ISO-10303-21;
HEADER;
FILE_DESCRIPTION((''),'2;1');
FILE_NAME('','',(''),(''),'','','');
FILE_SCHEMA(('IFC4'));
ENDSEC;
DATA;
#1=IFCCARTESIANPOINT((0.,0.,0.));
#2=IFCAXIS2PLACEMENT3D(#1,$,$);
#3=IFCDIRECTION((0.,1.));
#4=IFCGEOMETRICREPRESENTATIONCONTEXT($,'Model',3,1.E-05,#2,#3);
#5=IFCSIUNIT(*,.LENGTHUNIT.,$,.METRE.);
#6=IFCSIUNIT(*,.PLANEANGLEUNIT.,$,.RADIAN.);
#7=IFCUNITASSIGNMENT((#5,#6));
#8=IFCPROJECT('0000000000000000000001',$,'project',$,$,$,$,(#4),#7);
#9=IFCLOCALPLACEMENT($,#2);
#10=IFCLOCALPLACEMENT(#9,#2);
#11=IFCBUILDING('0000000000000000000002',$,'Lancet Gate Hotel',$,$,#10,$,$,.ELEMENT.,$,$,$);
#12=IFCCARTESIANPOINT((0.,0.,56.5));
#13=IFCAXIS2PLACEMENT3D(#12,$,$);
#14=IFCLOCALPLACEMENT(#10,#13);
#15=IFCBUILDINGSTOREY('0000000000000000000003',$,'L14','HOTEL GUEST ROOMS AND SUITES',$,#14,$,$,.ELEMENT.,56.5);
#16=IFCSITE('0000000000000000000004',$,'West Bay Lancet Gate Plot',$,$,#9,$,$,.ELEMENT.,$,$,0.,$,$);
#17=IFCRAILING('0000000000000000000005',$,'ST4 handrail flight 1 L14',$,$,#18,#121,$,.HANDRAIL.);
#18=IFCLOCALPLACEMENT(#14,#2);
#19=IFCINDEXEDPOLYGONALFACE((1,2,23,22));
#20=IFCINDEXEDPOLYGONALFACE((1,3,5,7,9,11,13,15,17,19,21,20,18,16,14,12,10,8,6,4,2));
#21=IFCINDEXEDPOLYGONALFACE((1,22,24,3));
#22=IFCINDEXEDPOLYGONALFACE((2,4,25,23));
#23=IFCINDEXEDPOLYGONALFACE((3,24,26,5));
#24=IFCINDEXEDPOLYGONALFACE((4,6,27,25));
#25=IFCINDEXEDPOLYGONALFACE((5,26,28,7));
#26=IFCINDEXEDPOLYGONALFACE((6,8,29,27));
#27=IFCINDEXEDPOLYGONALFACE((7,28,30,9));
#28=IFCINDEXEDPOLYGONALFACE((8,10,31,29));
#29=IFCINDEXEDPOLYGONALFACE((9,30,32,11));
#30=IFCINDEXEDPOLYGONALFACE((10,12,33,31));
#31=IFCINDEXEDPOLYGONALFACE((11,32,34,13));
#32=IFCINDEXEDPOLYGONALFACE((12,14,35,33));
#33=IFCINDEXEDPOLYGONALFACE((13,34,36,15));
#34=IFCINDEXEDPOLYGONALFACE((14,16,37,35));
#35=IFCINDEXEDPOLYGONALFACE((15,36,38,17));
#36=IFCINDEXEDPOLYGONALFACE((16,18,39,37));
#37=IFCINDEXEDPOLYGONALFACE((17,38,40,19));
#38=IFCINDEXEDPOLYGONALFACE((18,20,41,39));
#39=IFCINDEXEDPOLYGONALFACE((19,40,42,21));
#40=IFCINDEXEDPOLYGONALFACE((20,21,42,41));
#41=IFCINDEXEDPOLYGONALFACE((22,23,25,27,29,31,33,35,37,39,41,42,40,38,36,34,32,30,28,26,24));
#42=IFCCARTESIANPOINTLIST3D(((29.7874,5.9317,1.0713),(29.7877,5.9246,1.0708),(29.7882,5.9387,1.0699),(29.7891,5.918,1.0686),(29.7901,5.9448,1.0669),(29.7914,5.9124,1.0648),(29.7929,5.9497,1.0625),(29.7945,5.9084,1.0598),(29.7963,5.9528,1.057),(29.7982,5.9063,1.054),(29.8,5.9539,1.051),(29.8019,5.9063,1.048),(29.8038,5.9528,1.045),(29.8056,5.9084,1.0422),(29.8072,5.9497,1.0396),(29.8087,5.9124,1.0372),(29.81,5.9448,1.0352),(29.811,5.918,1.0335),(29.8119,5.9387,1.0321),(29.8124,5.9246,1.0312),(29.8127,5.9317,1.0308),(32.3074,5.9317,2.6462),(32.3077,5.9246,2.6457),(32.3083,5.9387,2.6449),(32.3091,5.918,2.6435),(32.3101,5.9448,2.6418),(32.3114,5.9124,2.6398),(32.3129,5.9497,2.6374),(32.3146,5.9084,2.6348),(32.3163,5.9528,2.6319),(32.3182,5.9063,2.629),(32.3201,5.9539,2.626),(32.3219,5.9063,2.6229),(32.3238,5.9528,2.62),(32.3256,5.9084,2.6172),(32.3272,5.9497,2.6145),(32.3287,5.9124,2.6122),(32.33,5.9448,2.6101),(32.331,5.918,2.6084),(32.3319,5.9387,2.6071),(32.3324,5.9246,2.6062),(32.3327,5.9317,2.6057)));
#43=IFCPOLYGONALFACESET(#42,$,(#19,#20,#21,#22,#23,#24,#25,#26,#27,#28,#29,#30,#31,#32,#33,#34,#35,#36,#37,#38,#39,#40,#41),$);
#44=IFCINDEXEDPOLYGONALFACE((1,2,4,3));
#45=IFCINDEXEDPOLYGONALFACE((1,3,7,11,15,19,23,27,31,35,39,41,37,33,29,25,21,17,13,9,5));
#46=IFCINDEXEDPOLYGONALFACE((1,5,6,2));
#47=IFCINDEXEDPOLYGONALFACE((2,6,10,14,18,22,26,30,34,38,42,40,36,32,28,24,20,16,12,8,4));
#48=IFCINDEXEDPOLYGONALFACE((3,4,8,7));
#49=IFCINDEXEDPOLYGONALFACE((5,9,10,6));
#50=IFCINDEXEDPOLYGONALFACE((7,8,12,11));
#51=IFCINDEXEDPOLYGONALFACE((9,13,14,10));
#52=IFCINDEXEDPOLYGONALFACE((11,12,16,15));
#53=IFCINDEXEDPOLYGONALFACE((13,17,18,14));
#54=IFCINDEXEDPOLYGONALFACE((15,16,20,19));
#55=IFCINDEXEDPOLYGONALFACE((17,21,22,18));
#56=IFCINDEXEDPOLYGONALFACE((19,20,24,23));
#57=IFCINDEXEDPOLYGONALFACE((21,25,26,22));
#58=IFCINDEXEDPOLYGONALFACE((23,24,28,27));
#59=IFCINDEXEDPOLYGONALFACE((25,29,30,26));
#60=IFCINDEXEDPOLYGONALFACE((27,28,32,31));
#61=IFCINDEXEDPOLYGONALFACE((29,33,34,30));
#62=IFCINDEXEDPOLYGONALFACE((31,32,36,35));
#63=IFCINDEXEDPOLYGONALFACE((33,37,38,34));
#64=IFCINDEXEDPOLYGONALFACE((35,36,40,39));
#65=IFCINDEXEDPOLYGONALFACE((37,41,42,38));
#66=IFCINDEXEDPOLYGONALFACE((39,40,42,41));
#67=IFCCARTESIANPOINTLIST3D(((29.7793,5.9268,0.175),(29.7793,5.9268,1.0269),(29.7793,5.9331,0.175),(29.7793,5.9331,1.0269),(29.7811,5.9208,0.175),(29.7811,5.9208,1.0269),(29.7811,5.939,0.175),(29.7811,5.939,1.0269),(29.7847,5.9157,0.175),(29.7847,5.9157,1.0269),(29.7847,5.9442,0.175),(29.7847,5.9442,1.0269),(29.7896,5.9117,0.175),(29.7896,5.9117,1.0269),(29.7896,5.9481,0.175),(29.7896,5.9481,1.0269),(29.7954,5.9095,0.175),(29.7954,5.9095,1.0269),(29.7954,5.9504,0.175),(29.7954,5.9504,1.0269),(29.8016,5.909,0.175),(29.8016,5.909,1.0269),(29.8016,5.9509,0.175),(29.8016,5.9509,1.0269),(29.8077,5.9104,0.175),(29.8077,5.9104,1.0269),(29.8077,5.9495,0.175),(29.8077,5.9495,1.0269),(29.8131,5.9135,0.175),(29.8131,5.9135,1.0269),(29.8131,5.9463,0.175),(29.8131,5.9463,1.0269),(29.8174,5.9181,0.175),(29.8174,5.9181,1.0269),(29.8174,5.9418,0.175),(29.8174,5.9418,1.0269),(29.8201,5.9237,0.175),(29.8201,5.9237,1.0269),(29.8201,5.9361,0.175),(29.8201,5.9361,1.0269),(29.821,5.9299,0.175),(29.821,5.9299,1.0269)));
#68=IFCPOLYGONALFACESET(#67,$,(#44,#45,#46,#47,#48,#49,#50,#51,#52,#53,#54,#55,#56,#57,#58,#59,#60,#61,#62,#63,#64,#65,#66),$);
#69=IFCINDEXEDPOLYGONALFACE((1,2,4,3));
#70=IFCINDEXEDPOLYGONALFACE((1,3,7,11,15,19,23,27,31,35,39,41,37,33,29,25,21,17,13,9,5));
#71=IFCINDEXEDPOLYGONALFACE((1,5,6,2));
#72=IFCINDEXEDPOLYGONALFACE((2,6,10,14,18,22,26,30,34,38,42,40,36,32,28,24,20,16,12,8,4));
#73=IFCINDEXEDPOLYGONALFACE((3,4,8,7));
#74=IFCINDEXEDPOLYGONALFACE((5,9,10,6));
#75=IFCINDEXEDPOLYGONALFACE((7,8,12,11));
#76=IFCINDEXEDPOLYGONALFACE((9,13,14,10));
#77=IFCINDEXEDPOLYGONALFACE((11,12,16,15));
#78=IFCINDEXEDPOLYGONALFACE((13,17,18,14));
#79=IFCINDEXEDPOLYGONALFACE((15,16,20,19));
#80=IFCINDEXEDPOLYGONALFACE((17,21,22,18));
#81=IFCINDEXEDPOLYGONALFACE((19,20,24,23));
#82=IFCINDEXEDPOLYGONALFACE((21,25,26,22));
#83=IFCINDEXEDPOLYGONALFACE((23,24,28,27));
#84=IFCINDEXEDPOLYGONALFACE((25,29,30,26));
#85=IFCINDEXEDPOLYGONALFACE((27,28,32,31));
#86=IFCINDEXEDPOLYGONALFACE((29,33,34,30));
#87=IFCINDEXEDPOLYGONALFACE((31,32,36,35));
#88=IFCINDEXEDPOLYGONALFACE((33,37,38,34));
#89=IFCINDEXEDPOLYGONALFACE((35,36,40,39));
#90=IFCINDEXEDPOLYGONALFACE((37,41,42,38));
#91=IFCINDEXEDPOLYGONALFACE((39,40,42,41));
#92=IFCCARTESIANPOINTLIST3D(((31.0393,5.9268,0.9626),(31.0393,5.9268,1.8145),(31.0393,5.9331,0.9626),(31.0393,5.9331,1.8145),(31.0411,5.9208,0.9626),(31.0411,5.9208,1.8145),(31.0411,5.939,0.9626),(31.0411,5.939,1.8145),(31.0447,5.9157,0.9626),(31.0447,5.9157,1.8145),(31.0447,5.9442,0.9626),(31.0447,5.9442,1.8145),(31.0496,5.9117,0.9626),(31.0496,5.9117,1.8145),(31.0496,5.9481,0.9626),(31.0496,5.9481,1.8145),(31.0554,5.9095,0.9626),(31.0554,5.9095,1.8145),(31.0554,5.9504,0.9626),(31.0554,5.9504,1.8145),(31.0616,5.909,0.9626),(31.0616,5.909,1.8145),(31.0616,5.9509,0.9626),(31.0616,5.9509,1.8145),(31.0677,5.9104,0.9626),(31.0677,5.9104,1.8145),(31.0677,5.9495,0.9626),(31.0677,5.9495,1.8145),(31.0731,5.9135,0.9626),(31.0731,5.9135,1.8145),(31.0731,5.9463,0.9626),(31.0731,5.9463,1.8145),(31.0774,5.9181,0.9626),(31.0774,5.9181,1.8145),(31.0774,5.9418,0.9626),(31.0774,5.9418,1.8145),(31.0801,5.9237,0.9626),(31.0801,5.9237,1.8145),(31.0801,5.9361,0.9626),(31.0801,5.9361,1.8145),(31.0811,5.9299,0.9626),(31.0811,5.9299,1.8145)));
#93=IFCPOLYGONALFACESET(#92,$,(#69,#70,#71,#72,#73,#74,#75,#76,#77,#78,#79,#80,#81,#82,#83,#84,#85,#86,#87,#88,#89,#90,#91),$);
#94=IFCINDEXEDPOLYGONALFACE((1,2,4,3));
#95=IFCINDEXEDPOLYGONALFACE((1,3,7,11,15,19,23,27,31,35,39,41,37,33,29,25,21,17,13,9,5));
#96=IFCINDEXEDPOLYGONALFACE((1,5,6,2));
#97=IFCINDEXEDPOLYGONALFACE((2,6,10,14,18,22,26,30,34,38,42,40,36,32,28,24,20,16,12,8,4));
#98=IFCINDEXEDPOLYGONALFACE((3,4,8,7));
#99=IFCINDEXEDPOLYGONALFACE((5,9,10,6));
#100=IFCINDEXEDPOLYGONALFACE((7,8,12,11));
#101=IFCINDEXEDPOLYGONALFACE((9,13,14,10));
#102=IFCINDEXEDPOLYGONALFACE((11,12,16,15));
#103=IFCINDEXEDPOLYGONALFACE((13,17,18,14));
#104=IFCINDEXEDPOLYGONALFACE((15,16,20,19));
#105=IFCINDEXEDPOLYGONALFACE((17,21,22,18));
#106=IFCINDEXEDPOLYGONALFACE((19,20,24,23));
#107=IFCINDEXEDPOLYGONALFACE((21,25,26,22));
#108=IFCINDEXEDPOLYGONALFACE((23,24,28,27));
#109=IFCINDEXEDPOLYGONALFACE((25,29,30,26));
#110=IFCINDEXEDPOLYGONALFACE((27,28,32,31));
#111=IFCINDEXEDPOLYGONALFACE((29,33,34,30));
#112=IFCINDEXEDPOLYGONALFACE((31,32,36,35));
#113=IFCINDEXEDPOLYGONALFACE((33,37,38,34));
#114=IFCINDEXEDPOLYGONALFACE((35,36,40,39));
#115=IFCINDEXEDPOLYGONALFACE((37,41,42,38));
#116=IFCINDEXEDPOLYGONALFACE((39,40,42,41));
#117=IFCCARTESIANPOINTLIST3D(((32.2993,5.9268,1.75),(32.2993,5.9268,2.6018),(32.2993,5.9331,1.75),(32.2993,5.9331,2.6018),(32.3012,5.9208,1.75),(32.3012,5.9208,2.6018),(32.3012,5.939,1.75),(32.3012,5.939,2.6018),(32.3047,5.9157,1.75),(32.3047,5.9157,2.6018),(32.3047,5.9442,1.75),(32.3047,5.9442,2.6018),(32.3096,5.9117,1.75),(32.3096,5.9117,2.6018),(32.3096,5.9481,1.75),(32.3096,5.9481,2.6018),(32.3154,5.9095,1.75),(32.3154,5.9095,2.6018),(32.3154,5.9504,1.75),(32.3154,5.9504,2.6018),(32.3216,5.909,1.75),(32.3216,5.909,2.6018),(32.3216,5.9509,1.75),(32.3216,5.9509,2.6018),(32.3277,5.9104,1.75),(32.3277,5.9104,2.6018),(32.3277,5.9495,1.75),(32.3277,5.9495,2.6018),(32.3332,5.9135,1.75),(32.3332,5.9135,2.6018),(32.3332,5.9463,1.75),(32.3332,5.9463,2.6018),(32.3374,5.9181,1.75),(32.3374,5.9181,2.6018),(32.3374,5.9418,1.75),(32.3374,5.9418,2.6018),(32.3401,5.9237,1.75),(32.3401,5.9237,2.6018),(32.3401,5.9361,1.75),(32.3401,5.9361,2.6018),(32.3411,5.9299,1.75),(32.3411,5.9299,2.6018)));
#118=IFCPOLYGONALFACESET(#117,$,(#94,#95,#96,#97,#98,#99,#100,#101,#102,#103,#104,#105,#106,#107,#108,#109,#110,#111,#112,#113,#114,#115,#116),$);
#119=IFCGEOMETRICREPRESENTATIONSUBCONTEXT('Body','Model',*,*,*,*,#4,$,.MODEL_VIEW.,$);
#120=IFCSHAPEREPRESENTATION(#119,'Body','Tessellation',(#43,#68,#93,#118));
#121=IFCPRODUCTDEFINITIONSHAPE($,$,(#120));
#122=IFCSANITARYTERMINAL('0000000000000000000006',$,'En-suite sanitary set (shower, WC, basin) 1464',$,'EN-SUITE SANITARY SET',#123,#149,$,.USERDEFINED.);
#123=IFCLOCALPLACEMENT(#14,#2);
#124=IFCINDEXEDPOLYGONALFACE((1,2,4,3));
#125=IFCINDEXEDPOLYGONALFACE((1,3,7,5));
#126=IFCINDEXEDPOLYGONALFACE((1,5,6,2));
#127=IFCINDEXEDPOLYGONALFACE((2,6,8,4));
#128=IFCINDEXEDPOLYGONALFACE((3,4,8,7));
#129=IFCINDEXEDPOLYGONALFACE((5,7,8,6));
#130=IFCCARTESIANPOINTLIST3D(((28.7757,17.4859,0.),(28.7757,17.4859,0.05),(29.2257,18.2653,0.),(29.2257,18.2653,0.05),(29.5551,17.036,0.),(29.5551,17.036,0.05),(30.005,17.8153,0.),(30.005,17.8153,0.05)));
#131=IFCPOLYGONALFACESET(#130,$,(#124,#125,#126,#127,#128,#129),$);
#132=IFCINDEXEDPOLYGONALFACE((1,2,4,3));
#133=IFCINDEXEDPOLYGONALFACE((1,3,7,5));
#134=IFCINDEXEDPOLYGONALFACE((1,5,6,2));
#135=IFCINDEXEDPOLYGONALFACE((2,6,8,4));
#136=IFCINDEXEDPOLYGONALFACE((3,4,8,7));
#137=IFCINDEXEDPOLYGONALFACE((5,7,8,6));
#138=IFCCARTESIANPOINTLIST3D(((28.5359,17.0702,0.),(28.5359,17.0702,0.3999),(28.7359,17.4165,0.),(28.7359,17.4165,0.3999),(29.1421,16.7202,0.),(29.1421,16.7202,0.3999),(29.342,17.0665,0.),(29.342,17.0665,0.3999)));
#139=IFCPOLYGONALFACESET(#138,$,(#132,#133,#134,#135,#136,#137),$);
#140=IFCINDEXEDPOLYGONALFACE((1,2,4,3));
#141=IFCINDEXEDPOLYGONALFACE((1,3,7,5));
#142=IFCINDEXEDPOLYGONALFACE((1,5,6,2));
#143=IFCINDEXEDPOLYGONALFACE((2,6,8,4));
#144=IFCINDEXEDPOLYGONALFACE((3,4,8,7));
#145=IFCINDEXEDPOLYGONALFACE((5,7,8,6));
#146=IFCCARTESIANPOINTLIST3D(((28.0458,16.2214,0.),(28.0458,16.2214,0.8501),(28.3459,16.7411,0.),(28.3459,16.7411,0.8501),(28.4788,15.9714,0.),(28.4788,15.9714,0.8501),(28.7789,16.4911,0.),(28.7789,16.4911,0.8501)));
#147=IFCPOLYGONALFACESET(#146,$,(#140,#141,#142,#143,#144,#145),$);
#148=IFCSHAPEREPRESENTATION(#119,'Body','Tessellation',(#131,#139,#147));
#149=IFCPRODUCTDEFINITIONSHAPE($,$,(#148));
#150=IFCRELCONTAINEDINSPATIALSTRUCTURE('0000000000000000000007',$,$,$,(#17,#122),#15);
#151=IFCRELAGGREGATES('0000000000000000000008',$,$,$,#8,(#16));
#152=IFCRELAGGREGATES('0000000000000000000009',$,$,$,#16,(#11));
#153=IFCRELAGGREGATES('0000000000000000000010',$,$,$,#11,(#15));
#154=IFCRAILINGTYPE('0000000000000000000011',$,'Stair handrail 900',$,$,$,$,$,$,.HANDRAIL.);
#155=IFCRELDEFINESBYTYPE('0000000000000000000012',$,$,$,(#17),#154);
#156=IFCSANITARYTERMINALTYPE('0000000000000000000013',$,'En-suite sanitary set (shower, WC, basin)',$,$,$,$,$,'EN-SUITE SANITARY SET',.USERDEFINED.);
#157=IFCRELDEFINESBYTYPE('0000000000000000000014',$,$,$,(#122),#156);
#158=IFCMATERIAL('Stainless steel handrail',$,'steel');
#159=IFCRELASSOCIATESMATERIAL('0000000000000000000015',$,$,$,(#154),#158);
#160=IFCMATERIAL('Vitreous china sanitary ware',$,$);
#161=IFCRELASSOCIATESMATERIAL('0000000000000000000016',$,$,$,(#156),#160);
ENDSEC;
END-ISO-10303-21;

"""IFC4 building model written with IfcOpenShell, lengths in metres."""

from ifc_helpers import new_model, si_unit, direction, frame, origin, origin_2d, place, context, subcontext, project, spatial, rectangle, circle, extrude, material, type_object, element, save


model = new_model("IFC4")

# Units and contexts
model_context = context("Model", 3, precision=1e-05, world=origin(), true_north=direction((0.0, 1.0)))
body_context = subcontext(model_context, "Body", "Model", "MODEL_VIEW")
ifc_project = project(units=[si_unit("LENGTHUNIT", "METRE"), si_unit("PLANEANGLEUNIT", "RADIAN")], contexts=[model_context])

# Site, building, storey
site_placement = place(None, origin())
site = spatial("IfcSite", under=ifc_project, at=site_placement, Name="West Bay Lancet Gate Plot", CompositionType="ELEMENT", RefElevation=0.0)
building_placement = place(site_placement, origin())
building = spatial("IfcBuilding", under=site, at=building_placement, Name="Lancet Gate Hotel", CompositionType="ELEMENT")
storey_placement = place(building_placement, frame((0.0, 0.0, 56.5)))
storey = spatial("IfcBuildingStorey", under=building, at=storey_placement, Name="L14", Description="HOTEL GUEST ROOMS AND SUITES", CompositionType="ELEMENT", Elevation=56.5)

# Railing
ifc_material_1 = material(Name="Stainless steel handrail", Category="steel")
railing_type = type_object("IfcRailingType", Name="Stair handrail 900", PredefinedType="HANDRAIL", material=ifc_material_1)
railing_placement = place(storey_placement, frame((29.8, 5.9299, 0.175)))
element("IfcRailing", 1, at=railing_placement, inside=storey, type_object=railing_type, Name="ST4 handrail flight 1 L14", PredefinedType="HANDRAIL", context=body_context, shape_type="SweptSolid", body=[
    extrude(circle(Radius=0.0239, at=origin_2d()), frame((0.0, 0.0, 0.876), z_axis=(0.848008, 0.0, 0.529984), x_axis=(0.0, 1.0, 0.0)), (0.0, 0.0, 1.0), 2.9717),
    extrude(circle(Radius=0.021, at=origin_2d()), origin(), (0.0, 0.0, 1.0), 0.8518),
    extrude(circle(Radius=0.021, at=origin_2d()), frame((1.26, 0.0, 0.7876)), (0.0, 0.0, 1.0), 0.8518),
    extrude(circle(Radius=0.021, at=origin_2d()), frame((2.52, 0.0, 1.575)), (0.0, 0.0, 1.0), 0.8518),
])

# Sanitary terminal
ifc_material_2 = material(Name="Vitreous china sanitary ware")
sanitary_terminal_type = type_object("IfcSanitaryTerminalType", Name="En-suite sanitary set (shower, WC, basin)", ElementType="EN-SUITE SANITARY SET", PredefinedType="USERDEFINED", material=ifc_material_2)
sanitary_terminal_placement = place(storey_placement, frame((29.3904, 17.6506, 0.0), z_axis=(0.0, 0.0, 1.0), x_axis=(1.0, 0.0, 0.0)))
element("IfcSanitaryTerminal", 2, at=sanitary_terminal_placement, inside=storey, type_object=sanitary_terminal_type, Name="En-suite sanitary set (shower, WC, basin) 1464", ObjectType="EN-SUITE SANITARY SET", PredefinedType="USERDEFINED", context=body_context, shape_type="SweptSolid", body=[
    extrude(rectangle(XDim=0.8999, YDim=0.8999, at=origin_2d()), frame((0.0, 0.0, 0.0), z_axis=(0.0, 0.0, 1.0), x_axis=(0.5, 0.866025, 0.0)), (0.0, 0.0, 1.0), 0.05),
    extrude(rectangle(XDim=0.3999, YDim=0.7, at=origin_2d()), frame((-0.4514, -0.5823, 0.0), z_axis=(0.0, 0.0, 1.0), x_axis=(0.5, 0.866025, 0.0)), (0.0, 0.0, 1.0), 0.3999),
    extrude(rectangle(XDim=0.6001, YDim=0.5, at=origin_2d()), frame((-0.978, -1.2944, 0.0), z_axis=(0.0, 0.0, 1.0), x_axis=(0.5, 0.866025, 0.0)), (0.0, 0.0, 1.0), 0.8501),
])

save(model, "model.ifc")
